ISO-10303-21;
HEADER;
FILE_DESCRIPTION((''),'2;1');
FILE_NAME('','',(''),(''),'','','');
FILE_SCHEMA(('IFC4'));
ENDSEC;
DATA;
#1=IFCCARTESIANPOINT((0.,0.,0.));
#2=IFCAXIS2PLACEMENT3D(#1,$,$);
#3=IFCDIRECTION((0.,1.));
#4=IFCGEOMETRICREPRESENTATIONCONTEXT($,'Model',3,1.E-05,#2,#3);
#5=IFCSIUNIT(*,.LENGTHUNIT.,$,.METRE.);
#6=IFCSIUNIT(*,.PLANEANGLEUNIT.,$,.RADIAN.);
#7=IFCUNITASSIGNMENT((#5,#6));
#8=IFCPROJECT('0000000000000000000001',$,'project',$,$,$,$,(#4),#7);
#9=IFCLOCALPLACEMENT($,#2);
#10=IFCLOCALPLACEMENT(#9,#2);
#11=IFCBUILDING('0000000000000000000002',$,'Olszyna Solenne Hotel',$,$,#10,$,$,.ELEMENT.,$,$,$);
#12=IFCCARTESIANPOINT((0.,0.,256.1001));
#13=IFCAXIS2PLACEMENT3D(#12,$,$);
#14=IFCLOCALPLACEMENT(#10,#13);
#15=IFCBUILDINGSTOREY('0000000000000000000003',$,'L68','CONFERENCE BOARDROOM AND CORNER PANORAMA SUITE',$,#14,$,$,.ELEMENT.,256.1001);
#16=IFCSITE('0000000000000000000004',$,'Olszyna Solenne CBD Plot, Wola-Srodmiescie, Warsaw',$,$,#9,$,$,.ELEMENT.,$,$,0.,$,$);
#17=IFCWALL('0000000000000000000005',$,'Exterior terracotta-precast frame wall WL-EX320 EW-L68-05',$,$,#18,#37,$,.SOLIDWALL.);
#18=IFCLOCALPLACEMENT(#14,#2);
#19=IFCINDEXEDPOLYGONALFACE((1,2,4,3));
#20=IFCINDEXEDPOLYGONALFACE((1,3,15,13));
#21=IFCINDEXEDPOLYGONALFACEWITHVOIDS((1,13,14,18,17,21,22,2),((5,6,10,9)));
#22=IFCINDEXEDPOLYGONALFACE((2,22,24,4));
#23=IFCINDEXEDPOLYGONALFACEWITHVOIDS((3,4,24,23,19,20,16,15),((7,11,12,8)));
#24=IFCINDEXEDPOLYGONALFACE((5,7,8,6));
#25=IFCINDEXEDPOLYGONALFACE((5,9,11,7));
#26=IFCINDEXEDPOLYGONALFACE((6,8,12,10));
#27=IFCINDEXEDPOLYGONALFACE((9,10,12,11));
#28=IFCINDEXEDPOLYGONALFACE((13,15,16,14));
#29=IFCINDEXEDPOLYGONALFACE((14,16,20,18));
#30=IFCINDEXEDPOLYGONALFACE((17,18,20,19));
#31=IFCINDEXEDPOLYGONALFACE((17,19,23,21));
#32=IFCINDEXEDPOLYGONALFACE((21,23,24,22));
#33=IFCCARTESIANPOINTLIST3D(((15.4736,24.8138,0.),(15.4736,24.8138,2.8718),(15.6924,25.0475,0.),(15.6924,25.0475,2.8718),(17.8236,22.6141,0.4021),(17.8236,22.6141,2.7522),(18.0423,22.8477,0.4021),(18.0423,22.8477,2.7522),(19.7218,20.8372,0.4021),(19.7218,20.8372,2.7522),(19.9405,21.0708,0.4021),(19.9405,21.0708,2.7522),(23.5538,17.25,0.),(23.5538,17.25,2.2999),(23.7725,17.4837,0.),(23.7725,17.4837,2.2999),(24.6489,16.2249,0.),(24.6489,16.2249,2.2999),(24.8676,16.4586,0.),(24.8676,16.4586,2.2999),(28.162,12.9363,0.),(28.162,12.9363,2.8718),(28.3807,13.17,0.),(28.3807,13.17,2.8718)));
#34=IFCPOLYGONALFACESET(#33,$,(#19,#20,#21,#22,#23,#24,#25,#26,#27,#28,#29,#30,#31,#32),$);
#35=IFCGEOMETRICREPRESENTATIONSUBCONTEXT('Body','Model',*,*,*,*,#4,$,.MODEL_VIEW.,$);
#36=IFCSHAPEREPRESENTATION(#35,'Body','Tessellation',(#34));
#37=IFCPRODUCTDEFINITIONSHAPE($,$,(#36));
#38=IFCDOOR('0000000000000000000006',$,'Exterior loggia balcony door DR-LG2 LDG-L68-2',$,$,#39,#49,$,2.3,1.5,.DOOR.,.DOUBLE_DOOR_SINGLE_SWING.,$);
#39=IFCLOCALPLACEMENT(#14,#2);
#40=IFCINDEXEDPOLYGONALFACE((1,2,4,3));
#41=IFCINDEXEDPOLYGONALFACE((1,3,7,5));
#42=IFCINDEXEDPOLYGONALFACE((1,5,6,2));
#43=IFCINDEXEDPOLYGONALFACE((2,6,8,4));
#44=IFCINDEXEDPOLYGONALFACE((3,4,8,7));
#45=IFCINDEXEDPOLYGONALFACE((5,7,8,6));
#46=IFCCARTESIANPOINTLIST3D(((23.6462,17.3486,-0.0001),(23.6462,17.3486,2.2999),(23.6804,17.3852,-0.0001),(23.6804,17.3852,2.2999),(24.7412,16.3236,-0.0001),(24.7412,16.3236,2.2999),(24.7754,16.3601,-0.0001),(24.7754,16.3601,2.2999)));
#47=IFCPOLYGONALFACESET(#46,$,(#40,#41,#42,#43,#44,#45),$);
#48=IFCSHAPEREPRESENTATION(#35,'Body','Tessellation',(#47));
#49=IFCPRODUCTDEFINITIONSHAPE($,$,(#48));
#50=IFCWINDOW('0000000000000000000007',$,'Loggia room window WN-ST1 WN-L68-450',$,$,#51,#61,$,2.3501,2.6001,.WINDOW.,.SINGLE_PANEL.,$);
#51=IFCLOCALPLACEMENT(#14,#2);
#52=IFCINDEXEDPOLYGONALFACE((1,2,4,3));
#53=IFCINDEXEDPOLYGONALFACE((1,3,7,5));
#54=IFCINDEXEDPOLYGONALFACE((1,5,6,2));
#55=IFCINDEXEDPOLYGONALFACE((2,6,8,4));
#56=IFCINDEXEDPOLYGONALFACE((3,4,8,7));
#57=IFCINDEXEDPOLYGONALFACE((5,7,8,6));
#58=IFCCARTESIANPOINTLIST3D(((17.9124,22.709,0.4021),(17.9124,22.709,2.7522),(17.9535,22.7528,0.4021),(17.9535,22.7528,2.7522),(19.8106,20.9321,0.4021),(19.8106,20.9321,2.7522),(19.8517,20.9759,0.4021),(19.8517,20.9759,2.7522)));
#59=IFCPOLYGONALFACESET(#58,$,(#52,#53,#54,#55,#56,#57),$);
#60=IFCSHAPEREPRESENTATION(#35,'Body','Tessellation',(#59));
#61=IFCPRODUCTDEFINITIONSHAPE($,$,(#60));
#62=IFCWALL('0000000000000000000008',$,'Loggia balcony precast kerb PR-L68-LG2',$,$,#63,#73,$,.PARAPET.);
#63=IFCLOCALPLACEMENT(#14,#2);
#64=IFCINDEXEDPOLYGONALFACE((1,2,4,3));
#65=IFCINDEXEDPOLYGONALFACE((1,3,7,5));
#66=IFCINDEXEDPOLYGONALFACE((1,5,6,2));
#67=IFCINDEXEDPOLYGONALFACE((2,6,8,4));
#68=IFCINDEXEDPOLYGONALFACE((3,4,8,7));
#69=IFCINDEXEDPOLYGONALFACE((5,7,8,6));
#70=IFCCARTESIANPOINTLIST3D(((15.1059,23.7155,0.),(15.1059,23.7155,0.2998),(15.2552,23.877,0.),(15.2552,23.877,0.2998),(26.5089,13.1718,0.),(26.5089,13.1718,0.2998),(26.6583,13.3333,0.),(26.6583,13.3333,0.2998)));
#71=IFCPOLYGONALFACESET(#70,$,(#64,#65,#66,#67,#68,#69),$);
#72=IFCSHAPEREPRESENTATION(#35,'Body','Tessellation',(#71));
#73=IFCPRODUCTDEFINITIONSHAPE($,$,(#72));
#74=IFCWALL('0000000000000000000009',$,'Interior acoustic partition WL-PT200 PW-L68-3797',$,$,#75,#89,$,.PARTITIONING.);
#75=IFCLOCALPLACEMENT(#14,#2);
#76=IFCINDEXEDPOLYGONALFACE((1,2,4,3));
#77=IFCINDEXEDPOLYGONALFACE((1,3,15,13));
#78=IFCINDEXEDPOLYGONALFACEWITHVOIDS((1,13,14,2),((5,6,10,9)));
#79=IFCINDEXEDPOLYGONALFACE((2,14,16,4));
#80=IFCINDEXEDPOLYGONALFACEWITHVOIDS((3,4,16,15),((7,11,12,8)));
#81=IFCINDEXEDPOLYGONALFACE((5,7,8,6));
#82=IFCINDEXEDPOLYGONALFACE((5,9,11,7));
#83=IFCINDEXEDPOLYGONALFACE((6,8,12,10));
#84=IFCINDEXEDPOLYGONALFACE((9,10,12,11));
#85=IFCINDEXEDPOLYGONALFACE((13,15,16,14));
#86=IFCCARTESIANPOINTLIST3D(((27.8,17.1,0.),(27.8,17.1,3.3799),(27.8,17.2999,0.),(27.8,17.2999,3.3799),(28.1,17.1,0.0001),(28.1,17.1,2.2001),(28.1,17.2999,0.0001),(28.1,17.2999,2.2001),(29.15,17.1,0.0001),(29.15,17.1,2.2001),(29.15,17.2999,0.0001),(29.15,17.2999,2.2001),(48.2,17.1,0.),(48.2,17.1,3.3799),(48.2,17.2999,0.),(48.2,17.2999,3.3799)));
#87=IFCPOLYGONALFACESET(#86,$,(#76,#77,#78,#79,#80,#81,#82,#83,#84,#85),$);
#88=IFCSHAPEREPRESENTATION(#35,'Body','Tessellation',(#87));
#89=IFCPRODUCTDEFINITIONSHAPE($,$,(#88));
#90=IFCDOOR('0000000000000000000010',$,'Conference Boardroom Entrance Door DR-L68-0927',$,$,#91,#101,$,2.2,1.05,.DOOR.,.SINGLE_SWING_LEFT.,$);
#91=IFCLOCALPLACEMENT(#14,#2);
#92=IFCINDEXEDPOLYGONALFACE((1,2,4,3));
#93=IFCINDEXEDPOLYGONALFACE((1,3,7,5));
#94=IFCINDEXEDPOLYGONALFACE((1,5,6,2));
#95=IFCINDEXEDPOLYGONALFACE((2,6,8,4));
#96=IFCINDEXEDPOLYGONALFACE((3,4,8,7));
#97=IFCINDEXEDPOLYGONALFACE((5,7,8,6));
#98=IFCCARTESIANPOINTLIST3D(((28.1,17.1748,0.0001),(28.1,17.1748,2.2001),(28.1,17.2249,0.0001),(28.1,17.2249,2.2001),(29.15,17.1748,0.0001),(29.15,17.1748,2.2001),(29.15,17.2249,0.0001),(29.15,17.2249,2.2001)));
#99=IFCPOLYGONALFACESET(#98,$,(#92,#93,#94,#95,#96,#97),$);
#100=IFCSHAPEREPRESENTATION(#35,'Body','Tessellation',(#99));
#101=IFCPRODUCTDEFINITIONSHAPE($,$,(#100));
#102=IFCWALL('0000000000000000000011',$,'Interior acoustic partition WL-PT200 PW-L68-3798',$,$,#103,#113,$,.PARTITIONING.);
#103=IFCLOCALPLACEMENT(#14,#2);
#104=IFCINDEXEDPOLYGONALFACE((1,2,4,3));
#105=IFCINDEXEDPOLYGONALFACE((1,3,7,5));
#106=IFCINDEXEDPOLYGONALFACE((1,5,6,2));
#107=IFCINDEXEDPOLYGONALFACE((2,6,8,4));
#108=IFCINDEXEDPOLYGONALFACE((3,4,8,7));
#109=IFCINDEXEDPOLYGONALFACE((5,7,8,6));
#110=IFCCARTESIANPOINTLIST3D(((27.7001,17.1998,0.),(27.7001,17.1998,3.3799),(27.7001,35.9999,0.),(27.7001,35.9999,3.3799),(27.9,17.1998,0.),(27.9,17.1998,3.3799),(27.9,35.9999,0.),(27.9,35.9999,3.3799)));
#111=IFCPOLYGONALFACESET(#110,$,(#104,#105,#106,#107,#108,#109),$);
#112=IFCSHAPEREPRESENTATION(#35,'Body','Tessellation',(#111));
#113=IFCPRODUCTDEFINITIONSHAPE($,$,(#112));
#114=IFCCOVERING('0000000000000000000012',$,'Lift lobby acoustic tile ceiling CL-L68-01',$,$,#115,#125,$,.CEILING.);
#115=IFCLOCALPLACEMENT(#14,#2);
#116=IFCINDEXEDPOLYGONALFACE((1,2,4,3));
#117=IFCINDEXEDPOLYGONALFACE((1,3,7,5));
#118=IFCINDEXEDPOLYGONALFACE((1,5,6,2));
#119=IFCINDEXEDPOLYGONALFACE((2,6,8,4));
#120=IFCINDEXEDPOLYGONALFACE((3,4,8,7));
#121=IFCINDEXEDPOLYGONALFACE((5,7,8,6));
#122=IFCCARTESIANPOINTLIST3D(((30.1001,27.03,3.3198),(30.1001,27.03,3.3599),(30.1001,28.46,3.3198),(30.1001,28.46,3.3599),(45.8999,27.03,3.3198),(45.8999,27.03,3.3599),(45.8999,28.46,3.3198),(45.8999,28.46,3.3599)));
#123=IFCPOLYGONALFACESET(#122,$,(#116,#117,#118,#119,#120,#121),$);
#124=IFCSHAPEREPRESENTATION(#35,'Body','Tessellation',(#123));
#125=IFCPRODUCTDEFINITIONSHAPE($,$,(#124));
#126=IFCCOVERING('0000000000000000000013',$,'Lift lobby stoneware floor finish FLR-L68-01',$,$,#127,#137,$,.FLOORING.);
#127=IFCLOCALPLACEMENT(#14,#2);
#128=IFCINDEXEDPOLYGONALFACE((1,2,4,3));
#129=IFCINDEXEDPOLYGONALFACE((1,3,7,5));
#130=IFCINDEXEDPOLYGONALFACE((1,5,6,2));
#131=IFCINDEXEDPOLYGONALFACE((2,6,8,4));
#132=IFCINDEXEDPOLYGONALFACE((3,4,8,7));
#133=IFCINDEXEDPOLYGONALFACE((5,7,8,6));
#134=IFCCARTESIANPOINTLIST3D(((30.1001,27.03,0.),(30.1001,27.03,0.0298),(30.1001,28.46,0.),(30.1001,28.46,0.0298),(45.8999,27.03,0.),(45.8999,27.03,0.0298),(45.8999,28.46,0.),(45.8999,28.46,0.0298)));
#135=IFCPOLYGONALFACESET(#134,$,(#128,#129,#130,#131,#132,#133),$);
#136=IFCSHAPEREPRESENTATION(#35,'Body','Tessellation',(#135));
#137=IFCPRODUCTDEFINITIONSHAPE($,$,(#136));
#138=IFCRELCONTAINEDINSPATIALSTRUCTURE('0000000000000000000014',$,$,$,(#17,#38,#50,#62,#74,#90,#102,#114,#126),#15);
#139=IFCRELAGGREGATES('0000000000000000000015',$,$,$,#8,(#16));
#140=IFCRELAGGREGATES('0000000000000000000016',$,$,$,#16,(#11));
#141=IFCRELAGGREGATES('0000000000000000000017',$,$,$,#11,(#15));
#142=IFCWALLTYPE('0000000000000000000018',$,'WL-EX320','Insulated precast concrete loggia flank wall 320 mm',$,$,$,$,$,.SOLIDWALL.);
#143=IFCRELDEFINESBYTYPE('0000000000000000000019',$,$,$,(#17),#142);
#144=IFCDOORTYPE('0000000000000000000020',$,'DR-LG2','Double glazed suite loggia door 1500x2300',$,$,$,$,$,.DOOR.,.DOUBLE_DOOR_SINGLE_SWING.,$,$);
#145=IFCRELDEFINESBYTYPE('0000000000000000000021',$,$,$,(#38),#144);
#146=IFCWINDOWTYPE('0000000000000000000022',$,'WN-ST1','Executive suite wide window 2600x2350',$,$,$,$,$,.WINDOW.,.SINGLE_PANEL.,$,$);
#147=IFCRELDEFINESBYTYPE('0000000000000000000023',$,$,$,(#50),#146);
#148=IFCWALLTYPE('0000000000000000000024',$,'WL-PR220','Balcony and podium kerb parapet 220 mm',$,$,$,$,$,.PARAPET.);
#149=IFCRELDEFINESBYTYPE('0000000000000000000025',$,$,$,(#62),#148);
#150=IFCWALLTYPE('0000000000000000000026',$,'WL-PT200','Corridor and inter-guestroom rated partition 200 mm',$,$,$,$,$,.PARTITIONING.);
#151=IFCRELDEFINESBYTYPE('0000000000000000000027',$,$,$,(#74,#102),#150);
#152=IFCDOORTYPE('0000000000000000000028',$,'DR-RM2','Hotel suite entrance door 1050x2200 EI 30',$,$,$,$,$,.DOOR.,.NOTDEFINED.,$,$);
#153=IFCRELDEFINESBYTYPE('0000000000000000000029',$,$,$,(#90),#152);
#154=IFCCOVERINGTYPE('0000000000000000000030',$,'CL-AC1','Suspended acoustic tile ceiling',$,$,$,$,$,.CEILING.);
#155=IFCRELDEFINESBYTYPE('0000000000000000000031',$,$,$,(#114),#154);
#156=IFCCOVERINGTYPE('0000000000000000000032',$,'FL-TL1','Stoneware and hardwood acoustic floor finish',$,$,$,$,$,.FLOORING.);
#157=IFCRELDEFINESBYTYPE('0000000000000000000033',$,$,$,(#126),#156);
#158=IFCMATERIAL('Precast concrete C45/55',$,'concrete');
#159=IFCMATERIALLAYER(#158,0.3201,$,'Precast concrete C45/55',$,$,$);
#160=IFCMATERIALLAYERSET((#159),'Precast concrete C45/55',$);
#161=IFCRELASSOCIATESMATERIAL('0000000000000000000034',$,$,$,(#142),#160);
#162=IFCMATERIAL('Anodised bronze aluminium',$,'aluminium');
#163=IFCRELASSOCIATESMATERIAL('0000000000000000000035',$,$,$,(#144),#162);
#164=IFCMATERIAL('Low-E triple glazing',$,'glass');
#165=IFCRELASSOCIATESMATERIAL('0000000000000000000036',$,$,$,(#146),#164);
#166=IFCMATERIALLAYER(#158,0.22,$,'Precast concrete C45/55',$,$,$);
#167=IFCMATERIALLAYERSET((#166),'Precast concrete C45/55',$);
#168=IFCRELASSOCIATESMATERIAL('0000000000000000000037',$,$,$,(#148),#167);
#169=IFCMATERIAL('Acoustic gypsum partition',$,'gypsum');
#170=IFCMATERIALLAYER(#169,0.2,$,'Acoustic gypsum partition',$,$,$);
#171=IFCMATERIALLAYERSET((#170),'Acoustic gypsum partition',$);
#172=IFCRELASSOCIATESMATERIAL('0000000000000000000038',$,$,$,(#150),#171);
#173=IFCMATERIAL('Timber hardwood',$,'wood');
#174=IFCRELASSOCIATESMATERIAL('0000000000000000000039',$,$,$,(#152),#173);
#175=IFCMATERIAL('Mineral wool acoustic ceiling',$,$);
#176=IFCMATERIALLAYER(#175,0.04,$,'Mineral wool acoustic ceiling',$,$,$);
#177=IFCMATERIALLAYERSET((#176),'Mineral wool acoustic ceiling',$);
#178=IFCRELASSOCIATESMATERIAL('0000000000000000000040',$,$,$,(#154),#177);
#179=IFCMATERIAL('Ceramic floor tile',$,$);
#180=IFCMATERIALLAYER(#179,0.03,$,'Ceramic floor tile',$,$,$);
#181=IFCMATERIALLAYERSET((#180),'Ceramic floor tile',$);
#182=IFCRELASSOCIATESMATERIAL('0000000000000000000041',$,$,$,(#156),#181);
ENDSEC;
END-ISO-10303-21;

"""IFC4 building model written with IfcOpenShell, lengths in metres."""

from ifc_helpers import new_model, si_unit, direction, frame, frame_2d, origin, place, context, subcontext, project, spatial, polyline, rectangle, outline, extrude, source, transform, mapped, material, layer, layer_set, type_object, type_shapes, element, fill, save


model = new_model("IFC4")

# Units and contexts
model_context = context("Model", 3, precision=1e-05, world=origin(), true_north=direction((0.0, 1.0)))
body_context = subcontext(model_context, "Body", "Model", "MODEL_VIEW")
ifc_project = project(units=[si_unit("LENGTHUNIT", "METRE"), si_unit("PLANEANGLEUNIT", "RADIAN")], contexts=[model_context])

# Site, building, storey
site_placement = place(None, origin())
site = spatial("IfcSite", under=ifc_project, at=site_placement, Name="Olszyna Solenne CBD Plot, Wola-Srodmiescie, Warsaw", CompositionType="ELEMENT", RefElevation=0.0)
building_placement = place(site_placement, origin())
building = spatial("IfcBuilding", under=site, at=building_placement, Name="Olszyna Solenne Hotel", CompositionType="ELEMENT")
storey_placement = place(building_placement, frame((0.0, 0.0, 256.1001)))
storey = spatial("IfcBuildingStorey", under=building, at=storey_placement, Name="L68", Description="CONFERENCE BOARDROOM AND CORNER PANORAMA SUITE", CompositionType="ELEMENT", Elevation=256.1001)

# Shared definitions
ifc_material_1 = material(Name="Anodised bronze aluminium", Category="aluminium")

# Shared definitions
ifc_material_2 = material(Name="Precast concrete C45/55", Category="concrete")

# Wall, openings, door, window
ifc_layer_1 = layer(ifc_material_2, 0.3201, Name="Precast concrete C45/55")
ifc_layer_set_1 = layer_set([ifc_layer_1], Name="Precast concrete C45/55")
wall_type_1 = type_object("IfcWallType", Name="WL-EX320", Description="Insulated precast concrete loggia flank wall 320 mm", PredefinedType="SOLIDWALL", material=ifc_layer_set_1)
wall_1_placement = place(storey_placement, frame((28.2712, 13.0532, 0.0), z_axis=(0.0, 0.0, 1.0), x_axis=(-0.730047, 0.683397, 0.0)))
wall_1 = element("IfcWall", 1, at=wall_1_placement, inside=storey, type_object=wall_type_1, Name="Exterior terracotta-precast frame wall WL-EX320 EW-L68-05", PredefinedType="SOLIDWALL", context=body_context, shape_type="SweptSolid", body=[
    extrude(rectangle(XDim=17.3801, YDim=0.3201, at=frame_2d((8.6899, 0.0))), origin(), (0.0, 0.0, 1.0), 2.8718),
])
opening_1_placement = place(wall_1_placement, frame((4.812, 0.0, 0.0)))
opening_1 = element("IfcOpeningElement", 2, at=opening_1_placement, cuts=wall_1, PredefinedType="OPENING", context=body_context, shape_type="SweptSolid", body=[
    extrude(rectangle(XDim=1.5, YDim=2.3, at=frame_2d((0.75, 1.1499))), frame((0.0, 0.1699, 0.0), z_axis=(0.0, -1.0, 0.0), x_axis=(1.0, 0.0, 0.0)), (0.0, 0.0, 1.0), 0.3401),
])
opening_2_placement = place(wall_1_placement, frame((11.561, 0.0, 0.4021)))
opening_2 = element("IfcOpeningElement", 3, at=opening_2_placement, cuts=wall_1, PredefinedType="OPENING", context=body_context, shape_type="SweptSolid", body=[
    extrude(rectangle(XDim=2.6001, YDim=2.3501, at=frame_2d((1.3, 1.175))), frame((0.0, 0.1699, 0.0), z_axis=(0.0, -1.0, 0.0), x_axis=(1.0, 0.0, 0.0)), (0.0, 0.0, 1.0), 0.3401),
])
door_type_1 = type_object("IfcDoorType", Name="DR-LG2", Description="Double glazed suite loggia door 1500x2300", OperationType="DOUBLE_DOOR_SINGLE_SWING", PredefinedType="DOOR", material=ifc_material_1)
shared_shape_1 = source(origin(), body_context, "Body", "SweptSolid", [
    extrude(rectangle(XDim=1.5, YDim=2.3, at=frame_2d((0.75, 1.1499))), frame((0.0, 0.0249, 0.0), z_axis=(0.0, -1.0, 0.0), x_axis=(1.0, 0.0, 0.0)), (0.0, 0.0, 1.0), 0.05),
])
type_shapes(door_type_1, [shared_shape_1])
door_1_placement = place(opening_1_placement, origin())
door_1 = element("IfcDoor", 4, at=door_1_placement, inside=storey, type_object=door_type_1, Name="Exterior loggia balcony door DR-LG2 LDG-L68-2", OperationType="DOUBLE_DOOR_SINGLE_SWING", OverallHeight=2.3, OverallWidth=1.5, PredefinedType="DOOR", context=body_context, shape_type="MappedRepresentation", body=[
    mapped(shared_shape_1, transform((0.0, 0.0, 0.0), x_axis=(1.0, 0.0, 0.0), y_axis=(0.0, 1.0, 0.0), z_axis=(0.0, 0.0, 1.0), scale=1.0)),
])
fill(opening_1, door_1)
ifc_material_3 = material(Name="Low-E triple glazing", Category="glass")
window_type = type_object("IfcWindowType", Name="WN-ST1", Description="Executive suite wide window 2600x2350", PartitioningType="SINGLE_PANEL", PredefinedType="WINDOW", material=ifc_material_3)
shared_shape_2 = source(origin(), body_context, "Body", "SweptSolid", [
    extrude(rectangle(XDim=2.6001, YDim=2.3501, at=frame_2d((1.3, 1.175))), frame((0.0, 0.03, 0.0), z_axis=(0.0, -1.0, 0.0), x_axis=(1.0, 0.0, 0.0)), (0.0, 0.0, 1.0), 0.0601),
])
type_shapes(window_type, [shared_shape_2])
window_placement = place(opening_2_placement, origin())
window = element("IfcWindow", 5, at=window_placement, inside=storey, type_object=window_type, Name="Loggia room window WN-ST1 WN-L68-450", OverallHeight=2.3501, OverallWidth=2.6001, PartitioningType="SINGLE_PANEL", PredefinedType="WINDOW", context=body_context, shape_type="MappedRepresentation", body=[
    mapped(shared_shape_2, transform((0.0, 0.0, 0.0), x_axis=(1.0, 0.0, 0.0), y_axis=(0.0, 1.0, 0.0), z_axis=(0.0, 0.0, 1.0), scale=1.0)),
])
fill(opening_2, window)

# Wall
ifc_layer_2 = layer(ifc_material_2, 0.22, Name="Precast concrete C45/55")
ifc_layer_set_2 = layer_set([ifc_layer_2], Name="Precast concrete C45/55")
wall_type_2 = type_object("IfcWallType", Name="WL-PR220", Description="Balcony and podium kerb parapet 220 mm", PredefinedType="PARAPET", material=ifc_layer_set_2)
wall_2_placement = place(storey_placement, frame((15.1807, 23.7961, 0.0), z_axis=(0.0, 0.0, 1.0), x_axis=(0.734232, -0.678898, 0.0)))
element("IfcWall", 6, at=wall_2_placement, inside=storey, type_object=wall_type_2, Name="Loggia balcony precast kerb PR-L68-LG2", PredefinedType="PARAPET", context=body_context, shape_type="SweptSolid", body=[
    extrude(rectangle(XDim=15.5305, YDim=0.22, at=frame_2d((7.7651, 0.0))), origin(), (0.0, 0.0, 1.0), 0.2998),
])

# Wall, opening, door
ifc_material_4 = material(Name="Acoustic gypsum partition", Category="gypsum")
ifc_layer_3 = layer(ifc_material_4, 0.2, Name="Acoustic gypsum partition")
ifc_layer_set_3 = layer_set([ifc_layer_3], Name="Acoustic gypsum partition")
wall_type_3 = type_object("IfcWallType", Name="WL-PT200", Description="Corridor and inter-guestroom rated partition 200 mm", PredefinedType="PARTITIONING", material=ifc_layer_set_3)
wall_3_placement = place(storey_placement, frame((27.8, 17.2, 0.0), z_axis=(0.0, 0.0, 1.0), x_axis=(1.0, 0.0, 0.0)))
wall_3 = element("IfcWall", 7, at=wall_3_placement, inside=storey, type_object=wall_type_3, Name="Interior acoustic partition WL-PT200 PW-L68-3797", PredefinedType="PARTITIONING", context=body_context, shape_type="SweptSolid", body=[
    extrude(rectangle(XDim=20.3999, YDim=0.2, at=frame_2d((10.2, 0.0))), origin(), (0.0, 0.0, 1.0), 3.3799),
])
opening_3_placement = place(wall_3_placement, frame((0.3, 0.0, 0.0)))
opening_3 = element("IfcOpeningElement", 8, at=opening_3_placement, cuts=wall_3, PredefinedType="OPENING", context=body_context, shape_type="SweptSolid", body=[
    extrude(rectangle(XDim=1.05, YDim=2.2, at=frame_2d((0.5249, 1.1001))), frame((0.0, 0.1099, 0.0), z_axis=(0.0, -1.0, 0.0), x_axis=(1.0, 0.0, 0.0)), (0.0, 0.0, 1.0), 0.22),
])
ifc_material_5 = material(Name="Timber hardwood", Category="wood")
door_type_2 = type_object("IfcDoorType", Name="DR-RM2", Description="Hotel suite entrance door 1050x2200 EI 30", OperationType="NOTDEFINED", PredefinedType="DOOR", material=ifc_material_5)
shared_shape_3 = source(origin(), body_context, "Body", "SweptSolid", [
    extrude(rectangle(XDim=1.05, YDim=2.2, at=frame_2d((0.5249, 1.1001))), frame((0.0, 0.0249, 0.0), z_axis=(0.0, -1.0, 0.0), x_axis=(1.0, 0.0, 0.0)), (0.0, 0.0, 1.0), 0.05),
])
type_shapes(door_type_2, [shared_shape_3])
door_2_placement = place(opening_3_placement, origin())
door_2 = element("IfcDoor", 9, at=door_2_placement, inside=storey, type_object=door_type_2, Name="Conference Boardroom Entrance Door DR-L68-0927", OperationType="SINGLE_SWING_LEFT", OverallHeight=2.2, OverallWidth=1.05, PredefinedType="DOOR", context=body_context, shape_type="MappedRepresentation", body=[
    mapped(shared_shape_3, transform((0.0, 0.0, 0.0), x_axis=(1.0, 0.0, 0.0), y_axis=(0.0, 1.0, 0.0), z_axis=(0.0, 0.0, 1.0), scale=1.0)),
])
fill(opening_3, door_2)

# Wall
wall_4_placement = place(storey_placement, frame((27.8, 17.2, 0.0), z_axis=(0.0, 0.0, 1.0), x_axis=(0.0, 1.0, 0.0)))
element("IfcWall", 10, at=wall_4_placement, inside=storey, type_object=wall_type_3, Name="Interior acoustic partition WL-PT200 PW-L68-3798", PredefinedType="PARTITIONING", context=body_context, shape_type="SweptSolid", body=[
    extrude(rectangle(XDim=18.8, YDim=0.2, at=frame_2d((9.3999, 0.0))), origin(), (0.0, 0.0, 1.0), 3.3799),
])

# Coverings
ifc_material_6 = material(Name="Mineral wool acoustic ceiling")
ifc_layer_4 = layer(ifc_material_6, 0.04, Name="Mineral wool acoustic ceiling")
ifc_layer_set_4 = layer_set([ifc_layer_4], Name="Mineral wool acoustic ceiling")
covering_type_1 = type_object("IfcCoveringType", Name="CL-AC1", Description="Suspended acoustic tile ceiling", PredefinedType="CEILING", material=ifc_layer_set_4)
covering_1_placement = place(storey_placement, frame((0.0, 0.0, 3.3198)))
element("IfcCovering", 11, at=covering_1_placement, inside=storey, type_object=covering_type_1, Name="Lift lobby acoustic tile ceiling CL-L68-01", PredefinedType="CEILING", context=body_context, shape_type="SweptSolid", body=[
    extrude(outline(polyline([(30.1001, 27.03), (45.8999, 27.03), (45.8999, 28.46), (30.1001, 28.46), (30.1001, 27.03)])), origin(), (0.0, 0.0, 1.0), 0.04),
])
ifc_material_7 = material(Name="Ceramic floor tile")
ifc_layer_5 = layer(ifc_material_7, 0.03, Name="Ceramic floor tile")
ifc_layer_set_5 = layer_set([ifc_layer_5], Name="Ceramic floor tile")
covering_type_2 = type_object("IfcCoveringType", Name="FL-TL1", Description="Stoneware and hardwood acoustic floor finish", PredefinedType="FLOORING", material=ifc_layer_set_5)
covering_2_placement = place(storey_placement, origin())
element("IfcCovering", 12, at=covering_2_placement, inside=storey, type_object=covering_type_2, Name="Lift lobby stoneware floor finish FLR-L68-01", PredefinedType="FLOORING", context=body_context, shape_type="SweptSolid", body=[
    extrude(outline(polyline([(30.1001, 27.03), (45.8999, 27.03), (45.8999, 28.46), (30.1001, 28.46), (30.1001, 27.03)])), origin(), (0.0, 0.0, 1.0), 0.0298),
])

save(model, "model.ifc")
